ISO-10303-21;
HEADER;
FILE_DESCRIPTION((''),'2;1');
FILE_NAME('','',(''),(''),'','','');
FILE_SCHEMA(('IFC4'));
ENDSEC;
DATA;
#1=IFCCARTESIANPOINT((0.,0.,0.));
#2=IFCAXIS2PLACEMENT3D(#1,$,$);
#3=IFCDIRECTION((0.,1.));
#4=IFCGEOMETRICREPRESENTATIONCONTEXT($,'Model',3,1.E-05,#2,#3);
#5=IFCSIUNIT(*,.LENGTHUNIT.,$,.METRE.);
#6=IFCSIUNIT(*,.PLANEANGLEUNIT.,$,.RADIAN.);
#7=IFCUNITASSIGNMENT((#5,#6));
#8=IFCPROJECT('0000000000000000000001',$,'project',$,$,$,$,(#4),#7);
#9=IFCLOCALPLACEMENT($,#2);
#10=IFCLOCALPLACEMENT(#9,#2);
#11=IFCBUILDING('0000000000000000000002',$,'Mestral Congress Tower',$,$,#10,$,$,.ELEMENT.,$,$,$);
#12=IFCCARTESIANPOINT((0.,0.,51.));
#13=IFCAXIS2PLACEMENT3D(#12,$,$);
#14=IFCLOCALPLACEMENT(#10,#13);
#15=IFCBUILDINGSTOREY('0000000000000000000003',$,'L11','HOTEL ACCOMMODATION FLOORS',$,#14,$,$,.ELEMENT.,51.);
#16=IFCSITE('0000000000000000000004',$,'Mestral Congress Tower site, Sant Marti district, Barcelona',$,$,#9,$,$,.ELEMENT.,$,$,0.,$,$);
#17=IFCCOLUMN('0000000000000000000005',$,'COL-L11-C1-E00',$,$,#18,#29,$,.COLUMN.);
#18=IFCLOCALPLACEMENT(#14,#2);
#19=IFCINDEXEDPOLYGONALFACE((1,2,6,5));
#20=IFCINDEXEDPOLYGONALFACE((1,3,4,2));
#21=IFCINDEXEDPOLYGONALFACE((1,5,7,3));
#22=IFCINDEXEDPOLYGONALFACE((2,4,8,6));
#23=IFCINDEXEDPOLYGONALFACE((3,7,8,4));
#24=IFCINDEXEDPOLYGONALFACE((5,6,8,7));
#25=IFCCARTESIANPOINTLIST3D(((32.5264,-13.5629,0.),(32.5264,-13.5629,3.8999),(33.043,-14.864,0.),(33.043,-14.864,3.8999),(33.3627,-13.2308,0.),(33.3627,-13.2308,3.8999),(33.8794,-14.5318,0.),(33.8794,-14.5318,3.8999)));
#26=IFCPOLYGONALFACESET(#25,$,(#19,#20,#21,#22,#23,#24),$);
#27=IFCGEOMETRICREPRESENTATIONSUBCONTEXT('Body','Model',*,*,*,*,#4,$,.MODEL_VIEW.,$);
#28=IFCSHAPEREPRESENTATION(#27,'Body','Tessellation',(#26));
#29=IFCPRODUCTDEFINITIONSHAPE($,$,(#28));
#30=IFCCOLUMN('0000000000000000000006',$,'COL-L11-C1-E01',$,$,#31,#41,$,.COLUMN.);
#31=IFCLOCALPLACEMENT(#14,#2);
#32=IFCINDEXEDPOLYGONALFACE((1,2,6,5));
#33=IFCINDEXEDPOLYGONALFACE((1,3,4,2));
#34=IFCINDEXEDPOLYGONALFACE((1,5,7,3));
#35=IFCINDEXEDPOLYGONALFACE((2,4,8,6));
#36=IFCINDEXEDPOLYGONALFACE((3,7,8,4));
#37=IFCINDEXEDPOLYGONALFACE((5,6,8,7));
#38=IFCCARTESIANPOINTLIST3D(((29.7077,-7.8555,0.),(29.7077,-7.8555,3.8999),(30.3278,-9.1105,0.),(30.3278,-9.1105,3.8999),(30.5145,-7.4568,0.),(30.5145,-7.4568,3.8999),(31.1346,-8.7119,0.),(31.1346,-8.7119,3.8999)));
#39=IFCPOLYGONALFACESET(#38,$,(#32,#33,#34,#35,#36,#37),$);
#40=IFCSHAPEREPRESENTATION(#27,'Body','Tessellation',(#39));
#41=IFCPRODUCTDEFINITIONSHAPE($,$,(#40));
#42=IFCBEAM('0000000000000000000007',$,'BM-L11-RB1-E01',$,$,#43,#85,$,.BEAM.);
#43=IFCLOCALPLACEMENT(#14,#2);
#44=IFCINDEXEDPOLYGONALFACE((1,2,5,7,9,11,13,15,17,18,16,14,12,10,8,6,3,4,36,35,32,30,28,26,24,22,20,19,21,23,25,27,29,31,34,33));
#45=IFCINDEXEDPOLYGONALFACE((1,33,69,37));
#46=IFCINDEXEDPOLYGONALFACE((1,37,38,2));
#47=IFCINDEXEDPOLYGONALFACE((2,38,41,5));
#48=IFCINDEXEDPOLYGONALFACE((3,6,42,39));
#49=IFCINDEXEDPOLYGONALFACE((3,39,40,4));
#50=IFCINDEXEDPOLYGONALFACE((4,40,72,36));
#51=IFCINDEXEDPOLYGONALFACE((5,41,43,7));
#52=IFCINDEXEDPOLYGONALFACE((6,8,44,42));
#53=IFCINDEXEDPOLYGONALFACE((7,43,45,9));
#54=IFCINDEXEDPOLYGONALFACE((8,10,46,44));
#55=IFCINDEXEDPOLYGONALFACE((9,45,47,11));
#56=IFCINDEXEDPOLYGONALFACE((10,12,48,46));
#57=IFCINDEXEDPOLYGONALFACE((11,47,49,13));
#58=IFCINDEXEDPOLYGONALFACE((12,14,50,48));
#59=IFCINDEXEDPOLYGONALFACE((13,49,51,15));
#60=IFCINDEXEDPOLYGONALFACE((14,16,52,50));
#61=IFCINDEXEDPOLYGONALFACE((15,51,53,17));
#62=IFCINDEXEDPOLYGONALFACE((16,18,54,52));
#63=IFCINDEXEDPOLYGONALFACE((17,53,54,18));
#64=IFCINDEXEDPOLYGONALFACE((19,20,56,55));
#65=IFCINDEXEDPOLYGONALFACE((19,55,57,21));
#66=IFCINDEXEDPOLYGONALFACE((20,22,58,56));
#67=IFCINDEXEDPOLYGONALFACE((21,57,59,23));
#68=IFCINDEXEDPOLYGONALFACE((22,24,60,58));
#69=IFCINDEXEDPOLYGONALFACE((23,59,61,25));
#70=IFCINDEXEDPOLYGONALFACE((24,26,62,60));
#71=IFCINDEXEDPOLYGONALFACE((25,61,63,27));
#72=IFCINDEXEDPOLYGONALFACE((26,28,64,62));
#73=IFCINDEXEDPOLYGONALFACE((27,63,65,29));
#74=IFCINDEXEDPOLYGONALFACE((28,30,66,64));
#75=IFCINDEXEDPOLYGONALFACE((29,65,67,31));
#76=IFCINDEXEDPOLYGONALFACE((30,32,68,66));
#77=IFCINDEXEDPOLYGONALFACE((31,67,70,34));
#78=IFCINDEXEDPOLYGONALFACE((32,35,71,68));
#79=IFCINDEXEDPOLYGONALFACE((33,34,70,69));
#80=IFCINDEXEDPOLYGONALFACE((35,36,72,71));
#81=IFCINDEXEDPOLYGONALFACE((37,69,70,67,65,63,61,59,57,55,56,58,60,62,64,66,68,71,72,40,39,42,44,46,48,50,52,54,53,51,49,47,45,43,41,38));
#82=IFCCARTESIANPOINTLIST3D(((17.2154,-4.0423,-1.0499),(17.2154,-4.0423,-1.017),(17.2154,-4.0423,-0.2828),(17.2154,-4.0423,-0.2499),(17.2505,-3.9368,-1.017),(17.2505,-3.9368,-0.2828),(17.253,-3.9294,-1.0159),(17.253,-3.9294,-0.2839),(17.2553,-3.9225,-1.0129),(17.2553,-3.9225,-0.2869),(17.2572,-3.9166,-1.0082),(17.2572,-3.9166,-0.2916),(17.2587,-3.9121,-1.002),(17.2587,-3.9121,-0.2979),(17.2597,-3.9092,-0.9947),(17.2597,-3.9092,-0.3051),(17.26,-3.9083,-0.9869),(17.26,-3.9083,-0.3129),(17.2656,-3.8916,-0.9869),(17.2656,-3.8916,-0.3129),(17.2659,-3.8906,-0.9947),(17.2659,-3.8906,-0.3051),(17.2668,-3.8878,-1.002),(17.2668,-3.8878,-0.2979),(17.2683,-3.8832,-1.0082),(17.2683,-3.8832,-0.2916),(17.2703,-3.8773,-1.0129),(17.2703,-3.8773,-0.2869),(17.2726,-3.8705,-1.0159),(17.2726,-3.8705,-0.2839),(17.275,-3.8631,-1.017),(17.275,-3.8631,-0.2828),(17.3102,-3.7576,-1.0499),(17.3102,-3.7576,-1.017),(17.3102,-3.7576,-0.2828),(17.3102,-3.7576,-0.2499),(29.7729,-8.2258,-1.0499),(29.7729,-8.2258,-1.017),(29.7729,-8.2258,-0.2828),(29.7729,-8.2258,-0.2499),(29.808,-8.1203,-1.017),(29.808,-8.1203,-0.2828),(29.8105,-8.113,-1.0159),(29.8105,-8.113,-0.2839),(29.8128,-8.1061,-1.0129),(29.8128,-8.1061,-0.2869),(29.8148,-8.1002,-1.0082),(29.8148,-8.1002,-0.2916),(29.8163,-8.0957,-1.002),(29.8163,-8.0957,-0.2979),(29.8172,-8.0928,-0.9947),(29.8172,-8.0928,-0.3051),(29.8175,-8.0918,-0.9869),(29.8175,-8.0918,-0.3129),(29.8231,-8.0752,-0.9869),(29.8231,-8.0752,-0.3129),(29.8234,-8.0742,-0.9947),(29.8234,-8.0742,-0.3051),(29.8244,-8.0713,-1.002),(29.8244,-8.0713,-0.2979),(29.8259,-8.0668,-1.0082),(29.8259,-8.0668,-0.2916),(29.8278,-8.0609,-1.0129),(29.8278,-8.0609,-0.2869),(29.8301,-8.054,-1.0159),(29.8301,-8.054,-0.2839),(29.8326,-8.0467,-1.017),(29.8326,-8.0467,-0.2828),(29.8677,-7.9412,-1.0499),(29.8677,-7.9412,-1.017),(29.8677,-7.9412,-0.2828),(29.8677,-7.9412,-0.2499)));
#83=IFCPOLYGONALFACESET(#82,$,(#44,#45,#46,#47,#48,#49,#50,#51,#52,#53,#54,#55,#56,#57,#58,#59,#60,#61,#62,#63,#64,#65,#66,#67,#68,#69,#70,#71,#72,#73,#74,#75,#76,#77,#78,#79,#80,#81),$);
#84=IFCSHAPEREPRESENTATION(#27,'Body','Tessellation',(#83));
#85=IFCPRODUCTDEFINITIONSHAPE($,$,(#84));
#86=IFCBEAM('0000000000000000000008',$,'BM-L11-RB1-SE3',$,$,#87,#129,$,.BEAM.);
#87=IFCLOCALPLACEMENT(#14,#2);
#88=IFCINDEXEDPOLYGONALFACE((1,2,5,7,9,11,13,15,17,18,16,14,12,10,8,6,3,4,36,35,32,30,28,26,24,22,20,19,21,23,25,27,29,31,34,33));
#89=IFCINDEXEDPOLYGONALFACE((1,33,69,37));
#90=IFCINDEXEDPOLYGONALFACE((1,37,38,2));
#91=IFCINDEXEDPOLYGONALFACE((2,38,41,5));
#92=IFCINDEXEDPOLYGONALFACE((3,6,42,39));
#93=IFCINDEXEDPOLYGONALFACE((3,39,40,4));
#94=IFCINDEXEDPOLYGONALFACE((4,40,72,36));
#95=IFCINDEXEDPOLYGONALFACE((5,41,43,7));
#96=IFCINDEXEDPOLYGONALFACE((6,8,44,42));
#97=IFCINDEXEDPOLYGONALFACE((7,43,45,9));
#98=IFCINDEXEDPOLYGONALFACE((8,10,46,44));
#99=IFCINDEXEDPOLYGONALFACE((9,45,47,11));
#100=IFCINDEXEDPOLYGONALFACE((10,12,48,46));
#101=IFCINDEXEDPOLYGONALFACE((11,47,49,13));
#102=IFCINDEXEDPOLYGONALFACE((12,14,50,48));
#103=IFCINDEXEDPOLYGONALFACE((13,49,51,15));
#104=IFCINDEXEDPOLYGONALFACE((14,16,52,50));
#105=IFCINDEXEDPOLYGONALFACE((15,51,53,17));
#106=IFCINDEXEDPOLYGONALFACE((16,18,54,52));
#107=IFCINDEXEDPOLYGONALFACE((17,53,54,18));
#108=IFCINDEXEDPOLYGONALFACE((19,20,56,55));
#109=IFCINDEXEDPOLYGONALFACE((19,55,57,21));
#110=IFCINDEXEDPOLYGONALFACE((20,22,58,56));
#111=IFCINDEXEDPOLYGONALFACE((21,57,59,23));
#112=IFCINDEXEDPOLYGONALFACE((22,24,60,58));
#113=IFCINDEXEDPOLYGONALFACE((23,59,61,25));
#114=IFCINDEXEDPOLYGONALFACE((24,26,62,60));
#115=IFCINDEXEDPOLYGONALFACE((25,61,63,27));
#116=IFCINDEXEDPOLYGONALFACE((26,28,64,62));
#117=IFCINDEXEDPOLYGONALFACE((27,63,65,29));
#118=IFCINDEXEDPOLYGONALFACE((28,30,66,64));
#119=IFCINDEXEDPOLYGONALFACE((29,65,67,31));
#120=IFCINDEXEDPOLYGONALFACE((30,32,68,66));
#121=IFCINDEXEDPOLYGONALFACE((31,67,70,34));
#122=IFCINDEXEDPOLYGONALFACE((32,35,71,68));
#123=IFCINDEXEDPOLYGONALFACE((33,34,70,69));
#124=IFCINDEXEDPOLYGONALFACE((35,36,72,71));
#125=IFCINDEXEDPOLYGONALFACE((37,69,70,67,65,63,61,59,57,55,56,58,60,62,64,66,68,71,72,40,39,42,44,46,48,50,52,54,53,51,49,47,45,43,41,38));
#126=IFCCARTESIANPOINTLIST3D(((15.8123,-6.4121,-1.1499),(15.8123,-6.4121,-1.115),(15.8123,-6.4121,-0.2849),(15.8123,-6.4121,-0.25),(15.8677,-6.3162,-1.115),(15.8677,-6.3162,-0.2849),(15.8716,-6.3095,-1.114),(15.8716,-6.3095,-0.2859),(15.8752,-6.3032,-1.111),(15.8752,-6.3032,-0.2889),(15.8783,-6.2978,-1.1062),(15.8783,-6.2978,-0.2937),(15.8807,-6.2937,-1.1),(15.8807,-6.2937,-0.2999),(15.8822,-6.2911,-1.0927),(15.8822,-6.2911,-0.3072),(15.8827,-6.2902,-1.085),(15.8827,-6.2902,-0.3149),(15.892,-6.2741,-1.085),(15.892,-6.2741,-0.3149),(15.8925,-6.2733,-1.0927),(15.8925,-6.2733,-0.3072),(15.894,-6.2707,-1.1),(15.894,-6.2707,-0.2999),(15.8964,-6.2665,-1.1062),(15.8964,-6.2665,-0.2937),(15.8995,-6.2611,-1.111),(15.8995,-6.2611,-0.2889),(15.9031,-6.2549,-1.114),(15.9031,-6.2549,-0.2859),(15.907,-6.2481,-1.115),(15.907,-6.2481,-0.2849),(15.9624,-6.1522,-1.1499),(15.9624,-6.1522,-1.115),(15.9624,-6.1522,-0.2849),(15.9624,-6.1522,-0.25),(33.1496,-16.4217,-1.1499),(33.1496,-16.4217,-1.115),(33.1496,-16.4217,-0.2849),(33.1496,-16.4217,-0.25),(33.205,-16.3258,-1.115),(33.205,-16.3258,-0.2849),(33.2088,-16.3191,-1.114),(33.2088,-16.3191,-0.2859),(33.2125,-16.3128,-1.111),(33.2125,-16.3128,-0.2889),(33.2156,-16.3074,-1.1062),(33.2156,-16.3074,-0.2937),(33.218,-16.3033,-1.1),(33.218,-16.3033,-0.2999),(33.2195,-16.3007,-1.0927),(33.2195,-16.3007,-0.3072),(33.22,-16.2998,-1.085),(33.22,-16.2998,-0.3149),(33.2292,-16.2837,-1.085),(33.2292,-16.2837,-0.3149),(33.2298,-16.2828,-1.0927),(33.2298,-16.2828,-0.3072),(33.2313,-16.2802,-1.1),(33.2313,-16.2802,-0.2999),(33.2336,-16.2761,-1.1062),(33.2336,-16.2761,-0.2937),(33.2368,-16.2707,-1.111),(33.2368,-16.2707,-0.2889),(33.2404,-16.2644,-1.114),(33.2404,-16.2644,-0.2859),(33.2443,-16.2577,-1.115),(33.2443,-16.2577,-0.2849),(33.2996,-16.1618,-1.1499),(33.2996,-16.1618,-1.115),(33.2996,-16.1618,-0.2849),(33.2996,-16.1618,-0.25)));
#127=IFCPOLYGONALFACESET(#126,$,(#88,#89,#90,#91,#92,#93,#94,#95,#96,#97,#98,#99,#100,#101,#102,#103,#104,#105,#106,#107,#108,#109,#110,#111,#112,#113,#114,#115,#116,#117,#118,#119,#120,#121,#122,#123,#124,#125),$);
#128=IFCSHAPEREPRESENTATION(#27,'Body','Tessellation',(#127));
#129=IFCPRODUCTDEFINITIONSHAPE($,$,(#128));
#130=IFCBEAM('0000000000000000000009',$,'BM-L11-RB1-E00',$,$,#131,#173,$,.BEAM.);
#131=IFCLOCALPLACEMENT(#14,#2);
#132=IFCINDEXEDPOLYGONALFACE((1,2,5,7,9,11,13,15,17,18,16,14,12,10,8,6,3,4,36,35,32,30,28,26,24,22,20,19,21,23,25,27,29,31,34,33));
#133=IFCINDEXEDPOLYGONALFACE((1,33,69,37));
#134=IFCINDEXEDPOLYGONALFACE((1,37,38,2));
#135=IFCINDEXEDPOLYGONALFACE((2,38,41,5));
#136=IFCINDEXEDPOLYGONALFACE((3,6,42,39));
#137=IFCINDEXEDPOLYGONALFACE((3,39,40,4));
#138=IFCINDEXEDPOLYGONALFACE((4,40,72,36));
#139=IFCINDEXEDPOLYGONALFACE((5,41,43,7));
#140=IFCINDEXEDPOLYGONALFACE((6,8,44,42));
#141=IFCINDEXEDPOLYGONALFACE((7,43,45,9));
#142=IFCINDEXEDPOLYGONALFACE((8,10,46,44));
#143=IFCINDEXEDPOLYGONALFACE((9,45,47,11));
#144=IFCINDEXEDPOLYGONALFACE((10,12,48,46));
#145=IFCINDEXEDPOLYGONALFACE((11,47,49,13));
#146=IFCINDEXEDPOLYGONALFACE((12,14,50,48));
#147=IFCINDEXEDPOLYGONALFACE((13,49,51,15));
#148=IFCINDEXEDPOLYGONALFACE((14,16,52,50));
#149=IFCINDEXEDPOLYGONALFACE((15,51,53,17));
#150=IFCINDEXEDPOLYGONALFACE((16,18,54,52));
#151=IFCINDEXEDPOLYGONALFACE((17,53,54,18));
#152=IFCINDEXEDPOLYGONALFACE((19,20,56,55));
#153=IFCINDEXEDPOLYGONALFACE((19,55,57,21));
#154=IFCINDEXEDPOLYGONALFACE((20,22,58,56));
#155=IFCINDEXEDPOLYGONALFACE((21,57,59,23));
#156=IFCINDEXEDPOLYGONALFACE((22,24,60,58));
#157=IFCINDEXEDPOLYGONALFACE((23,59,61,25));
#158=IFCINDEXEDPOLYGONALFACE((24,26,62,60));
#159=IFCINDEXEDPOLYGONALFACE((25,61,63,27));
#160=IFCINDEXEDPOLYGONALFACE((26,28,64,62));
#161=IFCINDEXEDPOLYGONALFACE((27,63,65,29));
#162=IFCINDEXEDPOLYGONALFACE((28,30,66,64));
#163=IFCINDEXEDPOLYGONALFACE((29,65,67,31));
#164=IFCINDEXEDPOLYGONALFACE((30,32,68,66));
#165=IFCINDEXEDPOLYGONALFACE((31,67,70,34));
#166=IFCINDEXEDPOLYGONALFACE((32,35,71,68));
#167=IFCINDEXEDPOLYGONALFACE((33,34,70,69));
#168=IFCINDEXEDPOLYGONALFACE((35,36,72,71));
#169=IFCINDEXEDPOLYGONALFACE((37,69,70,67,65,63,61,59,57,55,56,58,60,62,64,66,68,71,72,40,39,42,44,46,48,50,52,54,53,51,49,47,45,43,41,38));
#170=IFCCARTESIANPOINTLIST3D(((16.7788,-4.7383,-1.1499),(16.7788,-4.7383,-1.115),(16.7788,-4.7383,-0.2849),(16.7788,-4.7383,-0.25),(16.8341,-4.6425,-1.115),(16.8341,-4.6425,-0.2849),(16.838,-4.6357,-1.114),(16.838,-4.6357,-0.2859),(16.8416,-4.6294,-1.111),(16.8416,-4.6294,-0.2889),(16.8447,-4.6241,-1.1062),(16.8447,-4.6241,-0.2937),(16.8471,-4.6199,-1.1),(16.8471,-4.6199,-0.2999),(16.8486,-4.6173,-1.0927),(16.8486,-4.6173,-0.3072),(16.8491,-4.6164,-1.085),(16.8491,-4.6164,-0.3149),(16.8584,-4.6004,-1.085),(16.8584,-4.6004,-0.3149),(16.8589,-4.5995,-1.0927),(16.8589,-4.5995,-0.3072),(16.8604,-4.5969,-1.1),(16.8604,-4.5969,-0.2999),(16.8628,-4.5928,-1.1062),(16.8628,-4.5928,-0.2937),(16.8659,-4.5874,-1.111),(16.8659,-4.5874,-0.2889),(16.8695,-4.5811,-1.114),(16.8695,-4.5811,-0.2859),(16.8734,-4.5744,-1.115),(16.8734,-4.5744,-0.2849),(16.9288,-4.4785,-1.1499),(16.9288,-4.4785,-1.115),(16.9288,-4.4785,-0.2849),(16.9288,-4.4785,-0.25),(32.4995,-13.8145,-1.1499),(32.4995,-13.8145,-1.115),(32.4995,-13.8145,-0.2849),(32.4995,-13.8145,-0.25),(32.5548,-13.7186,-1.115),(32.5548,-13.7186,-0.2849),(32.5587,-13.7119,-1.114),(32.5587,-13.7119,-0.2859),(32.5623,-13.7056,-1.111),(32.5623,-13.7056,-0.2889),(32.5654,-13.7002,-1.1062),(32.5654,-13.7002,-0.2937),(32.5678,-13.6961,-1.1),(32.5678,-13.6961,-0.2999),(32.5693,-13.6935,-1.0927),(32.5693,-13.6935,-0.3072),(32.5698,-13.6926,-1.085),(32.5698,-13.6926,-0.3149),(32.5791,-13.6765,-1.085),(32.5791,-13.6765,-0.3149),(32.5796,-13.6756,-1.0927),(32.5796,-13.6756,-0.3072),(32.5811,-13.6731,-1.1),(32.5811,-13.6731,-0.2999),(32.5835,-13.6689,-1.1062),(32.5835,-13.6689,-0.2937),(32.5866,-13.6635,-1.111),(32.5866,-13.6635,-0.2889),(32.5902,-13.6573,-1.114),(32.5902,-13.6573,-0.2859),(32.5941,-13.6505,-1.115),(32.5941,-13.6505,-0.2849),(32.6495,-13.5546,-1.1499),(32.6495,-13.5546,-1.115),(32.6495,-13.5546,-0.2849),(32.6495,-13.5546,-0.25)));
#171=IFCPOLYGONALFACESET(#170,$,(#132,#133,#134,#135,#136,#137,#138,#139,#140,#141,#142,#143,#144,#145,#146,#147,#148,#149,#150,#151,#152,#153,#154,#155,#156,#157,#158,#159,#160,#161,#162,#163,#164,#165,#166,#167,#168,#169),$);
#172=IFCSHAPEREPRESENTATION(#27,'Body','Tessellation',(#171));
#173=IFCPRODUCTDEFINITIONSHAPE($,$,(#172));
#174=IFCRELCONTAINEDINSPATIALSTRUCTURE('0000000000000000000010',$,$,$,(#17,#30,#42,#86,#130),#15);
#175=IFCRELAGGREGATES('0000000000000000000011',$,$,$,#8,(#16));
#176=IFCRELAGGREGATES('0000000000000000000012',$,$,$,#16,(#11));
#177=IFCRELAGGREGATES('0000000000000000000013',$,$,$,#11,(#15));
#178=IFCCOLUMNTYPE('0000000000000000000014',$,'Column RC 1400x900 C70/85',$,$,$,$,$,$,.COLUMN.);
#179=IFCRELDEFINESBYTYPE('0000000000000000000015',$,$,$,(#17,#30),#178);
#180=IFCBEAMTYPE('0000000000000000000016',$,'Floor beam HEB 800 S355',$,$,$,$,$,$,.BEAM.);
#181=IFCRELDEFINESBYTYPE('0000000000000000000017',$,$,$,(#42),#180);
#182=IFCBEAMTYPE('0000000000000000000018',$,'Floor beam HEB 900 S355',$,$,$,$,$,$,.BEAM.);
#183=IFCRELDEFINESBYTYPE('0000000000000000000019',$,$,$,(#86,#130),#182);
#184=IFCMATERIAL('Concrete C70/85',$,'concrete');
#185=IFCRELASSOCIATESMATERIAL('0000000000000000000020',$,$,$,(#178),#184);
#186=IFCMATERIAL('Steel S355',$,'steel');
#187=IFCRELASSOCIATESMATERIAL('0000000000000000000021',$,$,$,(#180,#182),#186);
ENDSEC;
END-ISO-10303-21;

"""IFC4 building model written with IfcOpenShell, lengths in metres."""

from ifc_helpers import new_model, si_unit, direction, frame, origin, origin_2d, place, context, subcontext, project, spatial, rectangle, i_section, extrude, material, material_profile, profile_set, type_object, element, save


model = new_model("IFC4")

# Units and contexts
model_context = context("Model", 3, precision=1e-05, world=origin(), true_north=direction((0.0, 1.0)))
body_context = subcontext(model_context, "Body", "Model", "MODEL_VIEW")
ifc_project = project(units=[si_unit("LENGTHUNIT", "METRE"), si_unit("PLANEANGLEUNIT", "RADIAN")], contexts=[model_context])

# Site, building, storey
site_placement = place(None, origin())
site = spatial("IfcSite", under=ifc_project, at=site_placement, Name="Mestral Congress Tower site, Sant Marti district, Barcelona", CompositionType="ELEMENT", RefElevation=0.0)
building_placement = place(site_placement, origin())
building = spatial("IfcBuilding", under=site, at=building_placement, Name="Mestral Congress Tower", CompositionType="ELEMENT")
storey_placement = place(building_placement, frame((0.0, 0.0, 51.0)))
storey = spatial("IfcBuildingStorey", under=building, at=storey_placement, Name="L11", Description="HOTEL ACCOMMODATION FLOORS", CompositionType="ELEMENT", Elevation=51.0)

# Columns
ifc_material_1 = material(Name="Concrete C70/85", Category="concrete")
ifc_material_profile_1 = material_profile(ifc_material_1, rectangle(XDim=1.3999, YDim=0.8999, at=origin_2d()), Name="RC 1400x900")
ifc_profile_set_1 = profile_set([ifc_material_profile_1], Name="Concrete C70/85")
column_type = type_object("IfcColumnType", Name="Column RC 1400x900 C70/85", PredefinedType="COLUMN", material=ifc_profile_set_1)
for number, where, z_axis, x_axis, name in (
    (1, (33.2029, -14.0474, 0.0), (0.0, 0.0, 1.0), (-0.36909, 0.929394, 0.0), "COL-L11-C1-E00"),
    (2, (30.4211, -8.2837, 0.0), (0.0, 0.0, 1.0), (-0.442959, 0.896542, 0.0), "COL-L11-C1-E01"),
):
    element("IfcColumn", number, at=place(storey_placement, frame(where, z_axis=z_axis, x_axis=x_axis)), inside=storey, type_object=column_type, Name=name, PredefinedType="COLUMN", context=body_context, shape_type="SweptSolid", body=[
        extrude(rectangle(XDim=1.3999, YDim=0.8999, at=origin_2d()), origin(), (0.0, 0.0, 1.0), 3.8999),
    ])

# Beams
ifc_material_2 = material(Name="Steel S355", Category="steel")
ifc_material_profile_2 = material_profile(ifc_material_2, i_section(OverallWidth=0.3, OverallDepth=0.8, WebThickness=0.0176, FlangeThickness=0.033, FilletRadius=0.03, at=origin_2d()), Name="HEB 800")
ifc_profile_set_2 = profile_set([ifc_material_profile_2], Name="Steel S355")
beam_type_1 = type_object("IfcBeamType", Name="Floor beam HEB 800 S355", PredefinedType="BEAM", material=ifc_profile_set_2)
beam_1_placement = place(storey_placement, frame((29.8203, -8.0835, -0.6499), z_axis=(-0.948735, 0.316073, 0.0), x_axis=(-0.316073, -0.948735, 0.0)))
element("IfcBeam", 3, at=beam_1_placement, inside=storey, type_object=beam_type_1, Name="BM-L11-RB1-E01", PredefinedType="BEAM", context=body_context, shape_type="SweptSolid", body=[
    extrude(i_section(OverallWidth=0.3, OverallDepth=0.8, WebThickness=0.0176, FlangeThickness=0.033, FilletRadius=0.03, at=origin_2d()), origin(), (0.0, 0.0, 1.0), 13.2361),
])
ifc_material_profile_3 = material_profile(ifc_material_2, i_section(OverallWidth=0.3, OverallDepth=0.8999, WebThickness=0.0186, FlangeThickness=0.0349, FilletRadius=0.03, at=origin_2d()), Name="HEB 900")
ifc_profile_set_3 = profile_set([ifc_material_profile_3], Name="Steel S355")
beam_type_2 = type_object("IfcBeamType", Name="Floor beam HEB 900 S355", PredefinedType="BEAM", material=ifc_profile_set_3)
beam_2_placement = place(storey_placement, frame((33.2246, -16.2917, -0.7), z_axis=(-0.866027, 0.499997, 0.0), x_axis=(-0.499997, -0.866027, 0.0)))
element("IfcBeam", 4, at=beam_2_placement, inside=storey, type_object=beam_type_2, Name="BM-L11-RB1-SE3", PredefinedType="BEAM", context=body_context, shape_type="SweptSolid", body=[
    extrude(i_section(OverallWidth=0.3, OverallDepth=0.8999, WebThickness=0.0186, FlangeThickness=0.0349, FilletRadius=0.03, at=origin_2d()), origin(), (0.0, 0.0, 1.0), 20.0193),
])
beam_3_placement = place(storey_placement, frame((32.5745, -13.6846, -0.7), z_axis=(-0.86603, 0.499993, 0.0), x_axis=(-0.499993, -0.86603, 0.0)))
element("IfcBeam", 5, at=beam_3_placement, inside=storey, type_object=beam_type_2, Name="BM-L11-RB1-E00", PredefinedType="BEAM", context=body_context, shape_type="SweptSolid", body=[
    extrude(i_section(OverallWidth=0.3, OverallDepth=0.8999, WebThickness=0.0186, FlangeThickness=0.0349, FilletRadius=0.03, at=origin_2d()), origin(), (0.0, 0.0, 1.0), 18.1526),
])

save(model, "model.ifc")
